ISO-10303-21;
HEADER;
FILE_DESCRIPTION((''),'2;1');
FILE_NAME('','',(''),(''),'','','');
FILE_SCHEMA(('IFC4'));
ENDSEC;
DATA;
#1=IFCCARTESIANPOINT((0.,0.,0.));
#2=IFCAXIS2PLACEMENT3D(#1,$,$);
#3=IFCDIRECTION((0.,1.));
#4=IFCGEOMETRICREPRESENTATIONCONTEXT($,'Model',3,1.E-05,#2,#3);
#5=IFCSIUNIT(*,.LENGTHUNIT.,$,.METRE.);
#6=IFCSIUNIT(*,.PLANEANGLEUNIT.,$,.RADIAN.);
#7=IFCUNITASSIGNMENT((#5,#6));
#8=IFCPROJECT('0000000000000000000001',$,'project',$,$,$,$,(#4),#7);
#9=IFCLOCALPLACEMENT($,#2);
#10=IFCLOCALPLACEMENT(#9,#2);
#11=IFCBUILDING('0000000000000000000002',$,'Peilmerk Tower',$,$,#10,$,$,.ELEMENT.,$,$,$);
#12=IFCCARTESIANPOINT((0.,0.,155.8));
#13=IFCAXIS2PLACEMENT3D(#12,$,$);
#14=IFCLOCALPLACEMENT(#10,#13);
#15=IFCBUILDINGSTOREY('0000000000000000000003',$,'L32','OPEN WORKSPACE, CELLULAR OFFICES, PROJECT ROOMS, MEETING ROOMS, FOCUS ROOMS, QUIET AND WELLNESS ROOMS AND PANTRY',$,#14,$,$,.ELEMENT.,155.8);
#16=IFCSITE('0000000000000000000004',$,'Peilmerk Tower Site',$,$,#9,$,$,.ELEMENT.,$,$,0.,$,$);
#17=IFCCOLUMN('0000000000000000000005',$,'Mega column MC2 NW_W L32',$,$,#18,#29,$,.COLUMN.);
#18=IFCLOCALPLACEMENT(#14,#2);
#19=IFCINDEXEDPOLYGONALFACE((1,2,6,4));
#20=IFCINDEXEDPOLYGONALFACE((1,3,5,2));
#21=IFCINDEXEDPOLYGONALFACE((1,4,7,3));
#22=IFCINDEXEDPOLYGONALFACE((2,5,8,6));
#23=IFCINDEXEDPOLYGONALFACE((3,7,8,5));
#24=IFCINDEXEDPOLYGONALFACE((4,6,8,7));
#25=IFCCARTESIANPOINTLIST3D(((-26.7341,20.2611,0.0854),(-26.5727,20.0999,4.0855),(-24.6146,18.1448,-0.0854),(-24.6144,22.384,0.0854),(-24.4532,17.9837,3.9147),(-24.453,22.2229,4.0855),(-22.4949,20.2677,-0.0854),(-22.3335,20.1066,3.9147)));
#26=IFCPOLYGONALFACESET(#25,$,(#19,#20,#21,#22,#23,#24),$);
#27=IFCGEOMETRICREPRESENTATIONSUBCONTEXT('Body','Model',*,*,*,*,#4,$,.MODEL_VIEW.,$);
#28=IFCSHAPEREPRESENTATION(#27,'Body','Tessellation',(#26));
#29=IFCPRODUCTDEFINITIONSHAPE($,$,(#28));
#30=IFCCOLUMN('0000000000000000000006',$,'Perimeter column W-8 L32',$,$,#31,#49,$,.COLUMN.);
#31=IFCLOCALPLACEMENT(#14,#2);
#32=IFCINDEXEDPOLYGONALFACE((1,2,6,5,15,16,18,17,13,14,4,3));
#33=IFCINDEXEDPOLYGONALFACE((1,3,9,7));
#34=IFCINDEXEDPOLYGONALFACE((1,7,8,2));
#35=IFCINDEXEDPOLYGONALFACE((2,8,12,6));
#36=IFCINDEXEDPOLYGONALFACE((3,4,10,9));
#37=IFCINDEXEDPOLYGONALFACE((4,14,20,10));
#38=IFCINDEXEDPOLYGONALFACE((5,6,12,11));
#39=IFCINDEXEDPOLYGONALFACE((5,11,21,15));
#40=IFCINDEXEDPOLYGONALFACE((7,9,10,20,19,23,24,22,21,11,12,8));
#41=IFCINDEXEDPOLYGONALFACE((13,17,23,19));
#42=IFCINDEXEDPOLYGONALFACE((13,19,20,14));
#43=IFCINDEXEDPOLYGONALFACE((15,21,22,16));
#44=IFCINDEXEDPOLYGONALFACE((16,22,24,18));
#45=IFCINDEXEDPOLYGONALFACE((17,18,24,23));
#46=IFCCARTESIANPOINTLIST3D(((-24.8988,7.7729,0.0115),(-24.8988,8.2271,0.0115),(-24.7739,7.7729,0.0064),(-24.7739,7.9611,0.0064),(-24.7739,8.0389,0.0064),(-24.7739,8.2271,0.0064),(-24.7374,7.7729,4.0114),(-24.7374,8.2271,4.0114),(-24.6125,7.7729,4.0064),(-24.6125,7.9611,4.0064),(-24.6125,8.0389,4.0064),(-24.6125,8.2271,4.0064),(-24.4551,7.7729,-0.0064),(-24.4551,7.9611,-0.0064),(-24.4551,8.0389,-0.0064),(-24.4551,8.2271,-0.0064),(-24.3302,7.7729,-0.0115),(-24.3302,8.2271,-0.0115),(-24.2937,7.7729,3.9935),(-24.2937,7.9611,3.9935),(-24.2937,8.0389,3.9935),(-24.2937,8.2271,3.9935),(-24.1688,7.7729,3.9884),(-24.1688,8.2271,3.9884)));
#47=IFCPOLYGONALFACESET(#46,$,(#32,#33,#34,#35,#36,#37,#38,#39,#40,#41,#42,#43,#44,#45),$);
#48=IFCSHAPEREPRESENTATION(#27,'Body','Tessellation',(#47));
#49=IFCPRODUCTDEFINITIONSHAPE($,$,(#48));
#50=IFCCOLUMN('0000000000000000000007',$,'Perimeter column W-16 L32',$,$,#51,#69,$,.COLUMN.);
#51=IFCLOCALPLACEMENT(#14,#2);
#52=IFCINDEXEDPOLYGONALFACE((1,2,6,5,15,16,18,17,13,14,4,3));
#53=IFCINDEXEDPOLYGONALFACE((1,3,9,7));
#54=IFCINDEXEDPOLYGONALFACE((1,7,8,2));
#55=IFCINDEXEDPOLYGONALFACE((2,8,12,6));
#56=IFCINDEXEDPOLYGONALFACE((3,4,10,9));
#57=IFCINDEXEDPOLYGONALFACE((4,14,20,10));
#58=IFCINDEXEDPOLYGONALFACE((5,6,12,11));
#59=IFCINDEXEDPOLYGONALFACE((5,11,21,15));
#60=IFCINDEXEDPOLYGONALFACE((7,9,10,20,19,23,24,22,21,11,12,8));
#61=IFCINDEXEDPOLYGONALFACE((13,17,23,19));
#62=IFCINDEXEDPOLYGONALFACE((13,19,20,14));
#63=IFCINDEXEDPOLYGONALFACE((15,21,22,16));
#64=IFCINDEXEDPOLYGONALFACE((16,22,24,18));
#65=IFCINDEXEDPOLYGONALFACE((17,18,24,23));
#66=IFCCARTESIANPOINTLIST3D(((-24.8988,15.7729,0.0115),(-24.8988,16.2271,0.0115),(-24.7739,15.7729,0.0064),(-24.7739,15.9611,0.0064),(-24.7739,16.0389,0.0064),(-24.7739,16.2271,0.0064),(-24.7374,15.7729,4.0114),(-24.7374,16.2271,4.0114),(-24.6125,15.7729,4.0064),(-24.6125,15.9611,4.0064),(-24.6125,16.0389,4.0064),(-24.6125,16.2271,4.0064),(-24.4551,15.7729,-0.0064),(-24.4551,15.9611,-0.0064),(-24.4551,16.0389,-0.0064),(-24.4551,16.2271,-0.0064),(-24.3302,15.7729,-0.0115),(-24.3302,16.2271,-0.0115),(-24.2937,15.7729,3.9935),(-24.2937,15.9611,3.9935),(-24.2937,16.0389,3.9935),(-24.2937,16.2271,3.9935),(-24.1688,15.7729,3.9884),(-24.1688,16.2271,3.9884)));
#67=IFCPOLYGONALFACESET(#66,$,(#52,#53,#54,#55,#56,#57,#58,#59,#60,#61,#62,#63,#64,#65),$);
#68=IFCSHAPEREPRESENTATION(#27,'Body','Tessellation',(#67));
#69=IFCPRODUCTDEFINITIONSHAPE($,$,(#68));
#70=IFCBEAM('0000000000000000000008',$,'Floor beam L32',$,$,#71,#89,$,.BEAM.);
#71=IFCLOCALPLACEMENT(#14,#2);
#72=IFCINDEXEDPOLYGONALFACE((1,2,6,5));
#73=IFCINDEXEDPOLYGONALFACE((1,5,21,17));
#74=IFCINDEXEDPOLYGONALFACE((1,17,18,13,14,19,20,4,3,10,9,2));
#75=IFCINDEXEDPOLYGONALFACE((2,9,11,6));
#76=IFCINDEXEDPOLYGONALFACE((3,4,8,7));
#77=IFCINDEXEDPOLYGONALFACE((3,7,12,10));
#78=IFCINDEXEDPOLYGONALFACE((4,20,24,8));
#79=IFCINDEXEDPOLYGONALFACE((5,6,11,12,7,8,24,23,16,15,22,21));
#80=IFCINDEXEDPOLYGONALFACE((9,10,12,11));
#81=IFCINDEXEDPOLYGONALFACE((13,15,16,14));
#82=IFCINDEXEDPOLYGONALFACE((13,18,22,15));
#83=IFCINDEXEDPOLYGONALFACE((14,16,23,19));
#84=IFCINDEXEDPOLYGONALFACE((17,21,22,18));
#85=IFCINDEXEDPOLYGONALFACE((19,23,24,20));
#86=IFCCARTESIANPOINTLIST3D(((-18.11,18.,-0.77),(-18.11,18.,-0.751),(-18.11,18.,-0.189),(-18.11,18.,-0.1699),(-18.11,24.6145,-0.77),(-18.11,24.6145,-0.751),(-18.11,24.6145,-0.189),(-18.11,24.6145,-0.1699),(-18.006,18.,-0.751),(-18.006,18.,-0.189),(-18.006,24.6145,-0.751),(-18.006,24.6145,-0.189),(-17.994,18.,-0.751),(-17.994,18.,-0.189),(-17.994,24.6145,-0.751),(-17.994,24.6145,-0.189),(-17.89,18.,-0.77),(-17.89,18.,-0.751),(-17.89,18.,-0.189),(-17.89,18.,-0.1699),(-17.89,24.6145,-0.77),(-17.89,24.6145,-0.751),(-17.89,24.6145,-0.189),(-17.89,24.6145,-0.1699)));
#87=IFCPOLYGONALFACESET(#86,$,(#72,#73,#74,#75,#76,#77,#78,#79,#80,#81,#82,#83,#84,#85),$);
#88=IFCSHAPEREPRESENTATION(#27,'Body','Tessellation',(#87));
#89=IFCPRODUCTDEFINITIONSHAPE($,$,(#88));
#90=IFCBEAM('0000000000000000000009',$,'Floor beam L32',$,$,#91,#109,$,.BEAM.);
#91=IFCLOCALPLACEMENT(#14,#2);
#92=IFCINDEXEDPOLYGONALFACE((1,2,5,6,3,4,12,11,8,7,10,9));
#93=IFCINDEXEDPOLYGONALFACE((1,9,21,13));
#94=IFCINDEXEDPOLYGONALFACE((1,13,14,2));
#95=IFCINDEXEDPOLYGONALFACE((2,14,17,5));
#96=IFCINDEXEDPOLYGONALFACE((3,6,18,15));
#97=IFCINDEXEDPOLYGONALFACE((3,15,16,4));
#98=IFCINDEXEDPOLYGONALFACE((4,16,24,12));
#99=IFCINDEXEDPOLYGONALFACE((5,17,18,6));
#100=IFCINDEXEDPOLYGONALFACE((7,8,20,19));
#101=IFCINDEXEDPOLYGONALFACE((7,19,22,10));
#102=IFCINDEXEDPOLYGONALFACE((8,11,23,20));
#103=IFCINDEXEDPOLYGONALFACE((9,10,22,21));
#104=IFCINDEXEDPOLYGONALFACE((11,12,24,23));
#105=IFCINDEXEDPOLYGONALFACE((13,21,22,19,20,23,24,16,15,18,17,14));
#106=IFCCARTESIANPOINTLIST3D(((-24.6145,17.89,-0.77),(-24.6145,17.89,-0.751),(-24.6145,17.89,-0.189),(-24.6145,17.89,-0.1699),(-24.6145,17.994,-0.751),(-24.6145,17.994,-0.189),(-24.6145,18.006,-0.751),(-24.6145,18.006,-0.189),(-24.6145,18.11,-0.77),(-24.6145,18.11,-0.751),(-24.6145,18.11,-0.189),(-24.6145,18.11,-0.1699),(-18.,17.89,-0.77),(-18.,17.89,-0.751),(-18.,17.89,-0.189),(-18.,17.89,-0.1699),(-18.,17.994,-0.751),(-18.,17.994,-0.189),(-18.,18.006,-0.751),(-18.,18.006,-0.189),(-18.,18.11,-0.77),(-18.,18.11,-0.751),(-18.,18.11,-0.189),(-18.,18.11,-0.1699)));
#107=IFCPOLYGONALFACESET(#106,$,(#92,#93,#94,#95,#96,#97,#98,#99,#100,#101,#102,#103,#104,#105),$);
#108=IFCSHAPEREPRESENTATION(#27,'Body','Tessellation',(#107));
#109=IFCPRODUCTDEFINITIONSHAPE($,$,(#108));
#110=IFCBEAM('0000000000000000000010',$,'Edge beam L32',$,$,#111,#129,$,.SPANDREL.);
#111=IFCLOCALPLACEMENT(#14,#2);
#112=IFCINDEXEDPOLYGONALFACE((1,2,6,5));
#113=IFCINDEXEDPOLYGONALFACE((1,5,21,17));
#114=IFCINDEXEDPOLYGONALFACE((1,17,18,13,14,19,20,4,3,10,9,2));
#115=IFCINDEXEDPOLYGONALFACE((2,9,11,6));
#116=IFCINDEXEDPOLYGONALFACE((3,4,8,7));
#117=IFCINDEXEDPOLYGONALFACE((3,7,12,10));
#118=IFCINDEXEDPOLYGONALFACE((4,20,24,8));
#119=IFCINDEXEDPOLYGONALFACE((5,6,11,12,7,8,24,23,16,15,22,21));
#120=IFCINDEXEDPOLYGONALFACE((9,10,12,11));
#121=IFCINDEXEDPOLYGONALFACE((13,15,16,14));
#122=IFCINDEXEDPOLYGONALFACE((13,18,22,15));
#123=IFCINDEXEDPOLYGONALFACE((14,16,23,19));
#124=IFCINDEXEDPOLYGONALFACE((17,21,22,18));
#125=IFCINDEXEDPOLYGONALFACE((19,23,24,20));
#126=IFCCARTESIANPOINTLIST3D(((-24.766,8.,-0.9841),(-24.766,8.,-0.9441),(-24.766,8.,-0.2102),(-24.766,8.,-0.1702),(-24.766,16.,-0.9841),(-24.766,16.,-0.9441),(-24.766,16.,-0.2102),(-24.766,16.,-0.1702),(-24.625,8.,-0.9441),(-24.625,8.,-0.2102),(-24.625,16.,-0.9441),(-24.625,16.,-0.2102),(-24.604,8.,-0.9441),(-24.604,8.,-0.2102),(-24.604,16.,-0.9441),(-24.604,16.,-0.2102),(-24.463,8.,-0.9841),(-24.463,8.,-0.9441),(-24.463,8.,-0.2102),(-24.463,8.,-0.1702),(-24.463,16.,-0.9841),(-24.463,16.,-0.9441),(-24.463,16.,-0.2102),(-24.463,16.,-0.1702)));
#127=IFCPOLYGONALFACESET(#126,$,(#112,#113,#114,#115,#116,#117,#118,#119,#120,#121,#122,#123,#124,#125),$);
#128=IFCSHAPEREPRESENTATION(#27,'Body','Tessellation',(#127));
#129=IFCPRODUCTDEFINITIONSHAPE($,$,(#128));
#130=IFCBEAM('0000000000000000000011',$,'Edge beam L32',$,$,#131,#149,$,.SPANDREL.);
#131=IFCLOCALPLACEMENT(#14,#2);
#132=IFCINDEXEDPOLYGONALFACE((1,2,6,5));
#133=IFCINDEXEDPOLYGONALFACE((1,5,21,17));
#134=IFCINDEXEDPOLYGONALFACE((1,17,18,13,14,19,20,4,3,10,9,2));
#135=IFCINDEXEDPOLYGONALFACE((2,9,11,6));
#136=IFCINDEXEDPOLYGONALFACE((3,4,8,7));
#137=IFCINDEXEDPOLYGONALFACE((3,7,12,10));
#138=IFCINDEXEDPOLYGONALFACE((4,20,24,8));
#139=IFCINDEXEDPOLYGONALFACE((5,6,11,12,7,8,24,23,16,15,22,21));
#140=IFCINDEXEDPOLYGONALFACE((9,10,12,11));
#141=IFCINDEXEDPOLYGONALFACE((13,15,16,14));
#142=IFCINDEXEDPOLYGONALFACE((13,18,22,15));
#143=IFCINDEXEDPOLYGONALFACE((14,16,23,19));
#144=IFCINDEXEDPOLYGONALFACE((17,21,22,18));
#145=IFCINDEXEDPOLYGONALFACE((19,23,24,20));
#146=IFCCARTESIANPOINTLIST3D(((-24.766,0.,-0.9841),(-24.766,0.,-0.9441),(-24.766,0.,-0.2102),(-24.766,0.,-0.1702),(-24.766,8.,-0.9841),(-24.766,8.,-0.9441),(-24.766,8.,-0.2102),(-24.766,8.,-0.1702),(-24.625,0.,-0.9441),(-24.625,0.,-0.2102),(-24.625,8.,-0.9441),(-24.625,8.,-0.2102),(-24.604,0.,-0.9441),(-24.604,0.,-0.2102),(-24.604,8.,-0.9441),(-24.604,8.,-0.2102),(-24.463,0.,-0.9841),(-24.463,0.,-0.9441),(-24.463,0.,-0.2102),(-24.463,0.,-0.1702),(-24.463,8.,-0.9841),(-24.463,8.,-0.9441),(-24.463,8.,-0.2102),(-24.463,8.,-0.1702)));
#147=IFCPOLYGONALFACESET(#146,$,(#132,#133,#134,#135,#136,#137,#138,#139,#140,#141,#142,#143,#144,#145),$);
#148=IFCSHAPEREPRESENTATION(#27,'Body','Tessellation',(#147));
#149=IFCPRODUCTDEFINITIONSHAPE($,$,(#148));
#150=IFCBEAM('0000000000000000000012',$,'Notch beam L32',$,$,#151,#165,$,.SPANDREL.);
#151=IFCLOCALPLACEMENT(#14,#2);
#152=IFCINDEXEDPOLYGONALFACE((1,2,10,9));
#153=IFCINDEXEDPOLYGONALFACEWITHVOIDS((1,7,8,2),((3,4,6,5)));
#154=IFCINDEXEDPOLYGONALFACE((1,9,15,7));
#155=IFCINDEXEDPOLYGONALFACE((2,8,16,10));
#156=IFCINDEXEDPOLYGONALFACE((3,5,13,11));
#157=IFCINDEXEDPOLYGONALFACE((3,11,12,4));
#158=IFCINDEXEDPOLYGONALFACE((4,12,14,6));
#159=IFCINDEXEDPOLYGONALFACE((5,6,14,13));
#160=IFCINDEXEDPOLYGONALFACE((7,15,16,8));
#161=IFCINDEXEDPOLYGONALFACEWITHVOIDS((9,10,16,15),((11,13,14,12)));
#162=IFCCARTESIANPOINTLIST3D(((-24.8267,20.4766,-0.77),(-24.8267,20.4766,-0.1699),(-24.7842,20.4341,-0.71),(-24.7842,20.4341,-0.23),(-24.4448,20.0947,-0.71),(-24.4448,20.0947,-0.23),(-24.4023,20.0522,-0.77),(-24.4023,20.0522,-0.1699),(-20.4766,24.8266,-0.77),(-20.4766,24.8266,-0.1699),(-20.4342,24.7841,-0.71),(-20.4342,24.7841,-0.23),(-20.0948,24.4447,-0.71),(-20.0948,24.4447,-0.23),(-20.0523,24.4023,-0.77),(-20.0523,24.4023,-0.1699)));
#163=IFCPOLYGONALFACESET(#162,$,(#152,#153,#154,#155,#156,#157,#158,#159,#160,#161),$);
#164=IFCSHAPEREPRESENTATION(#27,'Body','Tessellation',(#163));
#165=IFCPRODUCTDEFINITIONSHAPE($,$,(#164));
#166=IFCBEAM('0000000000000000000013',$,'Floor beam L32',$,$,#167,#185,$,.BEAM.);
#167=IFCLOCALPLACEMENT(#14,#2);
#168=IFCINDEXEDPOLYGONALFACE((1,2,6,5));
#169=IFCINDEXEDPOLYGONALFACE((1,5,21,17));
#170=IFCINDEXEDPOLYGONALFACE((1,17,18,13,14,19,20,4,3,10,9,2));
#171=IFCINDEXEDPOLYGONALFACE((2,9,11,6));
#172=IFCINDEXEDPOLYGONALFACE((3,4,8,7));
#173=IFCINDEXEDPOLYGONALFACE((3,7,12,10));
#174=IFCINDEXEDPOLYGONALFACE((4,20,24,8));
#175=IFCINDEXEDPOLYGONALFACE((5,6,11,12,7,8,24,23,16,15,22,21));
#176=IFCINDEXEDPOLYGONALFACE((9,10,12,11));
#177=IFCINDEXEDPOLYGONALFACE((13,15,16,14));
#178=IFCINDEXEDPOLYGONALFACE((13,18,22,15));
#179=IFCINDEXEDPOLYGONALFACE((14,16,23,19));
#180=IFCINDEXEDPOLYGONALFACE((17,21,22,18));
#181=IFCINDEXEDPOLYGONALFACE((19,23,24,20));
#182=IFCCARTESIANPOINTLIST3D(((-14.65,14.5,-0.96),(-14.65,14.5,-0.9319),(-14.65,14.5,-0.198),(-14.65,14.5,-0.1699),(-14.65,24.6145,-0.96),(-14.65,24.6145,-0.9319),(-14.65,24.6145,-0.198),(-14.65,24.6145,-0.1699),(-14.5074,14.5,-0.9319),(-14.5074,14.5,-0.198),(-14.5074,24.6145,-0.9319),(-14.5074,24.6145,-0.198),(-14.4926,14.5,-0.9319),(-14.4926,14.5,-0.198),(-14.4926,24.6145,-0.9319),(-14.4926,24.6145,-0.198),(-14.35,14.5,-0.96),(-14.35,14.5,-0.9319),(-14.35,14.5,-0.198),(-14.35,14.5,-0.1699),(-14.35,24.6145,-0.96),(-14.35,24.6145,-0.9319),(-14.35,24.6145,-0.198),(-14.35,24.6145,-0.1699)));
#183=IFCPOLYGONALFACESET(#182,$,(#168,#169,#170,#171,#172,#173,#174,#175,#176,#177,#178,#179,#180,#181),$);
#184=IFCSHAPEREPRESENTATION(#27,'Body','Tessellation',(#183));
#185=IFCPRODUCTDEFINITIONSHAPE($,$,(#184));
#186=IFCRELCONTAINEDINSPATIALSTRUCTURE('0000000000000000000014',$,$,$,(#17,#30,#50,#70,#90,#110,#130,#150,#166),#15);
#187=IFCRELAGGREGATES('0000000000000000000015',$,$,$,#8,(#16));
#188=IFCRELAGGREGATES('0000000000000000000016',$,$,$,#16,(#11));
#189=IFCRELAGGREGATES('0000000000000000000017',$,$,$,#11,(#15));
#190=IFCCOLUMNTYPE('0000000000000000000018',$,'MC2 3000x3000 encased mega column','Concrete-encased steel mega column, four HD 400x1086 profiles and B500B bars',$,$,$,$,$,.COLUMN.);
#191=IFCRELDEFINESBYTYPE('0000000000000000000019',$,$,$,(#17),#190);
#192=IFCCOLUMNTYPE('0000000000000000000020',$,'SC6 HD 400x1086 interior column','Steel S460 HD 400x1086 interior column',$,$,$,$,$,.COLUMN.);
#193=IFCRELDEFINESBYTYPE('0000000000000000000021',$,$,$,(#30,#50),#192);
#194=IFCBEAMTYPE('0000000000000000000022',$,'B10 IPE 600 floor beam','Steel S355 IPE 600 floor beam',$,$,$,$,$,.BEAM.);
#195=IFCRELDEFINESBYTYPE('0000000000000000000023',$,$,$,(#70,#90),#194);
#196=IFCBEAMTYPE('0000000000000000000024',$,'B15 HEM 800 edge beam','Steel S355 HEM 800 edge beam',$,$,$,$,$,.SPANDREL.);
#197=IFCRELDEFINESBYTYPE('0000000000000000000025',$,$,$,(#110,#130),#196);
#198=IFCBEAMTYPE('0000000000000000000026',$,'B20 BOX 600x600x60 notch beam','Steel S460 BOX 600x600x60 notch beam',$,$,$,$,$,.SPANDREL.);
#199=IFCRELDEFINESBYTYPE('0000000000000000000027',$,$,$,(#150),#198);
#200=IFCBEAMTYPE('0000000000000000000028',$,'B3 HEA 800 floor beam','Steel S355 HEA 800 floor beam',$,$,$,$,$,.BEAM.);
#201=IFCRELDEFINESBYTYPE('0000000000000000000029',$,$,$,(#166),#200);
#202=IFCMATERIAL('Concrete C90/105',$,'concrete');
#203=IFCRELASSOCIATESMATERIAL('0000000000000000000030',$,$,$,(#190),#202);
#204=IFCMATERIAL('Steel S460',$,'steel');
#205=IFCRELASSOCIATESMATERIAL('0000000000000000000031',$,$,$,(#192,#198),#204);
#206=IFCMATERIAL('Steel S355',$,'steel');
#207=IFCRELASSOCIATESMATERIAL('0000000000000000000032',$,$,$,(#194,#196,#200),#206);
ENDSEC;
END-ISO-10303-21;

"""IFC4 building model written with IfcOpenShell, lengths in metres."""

from ifc_helpers import new_model, si_unit, direction, frame, origin, origin_2d, place, context, subcontext, project, spatial, rectangle, hollow_rectangle, i_section, extrude, material, material_profile, profile_set, type_object, element, save


model = new_model("IFC4")

# Units and contexts
model_context = context("Model", 3, precision=1e-05, world=origin(), true_north=direction((0.0, 1.0)))
body_context = subcontext(model_context, "Body", "Model", "MODEL_VIEW")
ifc_project = project(units=[si_unit("LENGTHUNIT", "METRE"), si_unit("PLANEANGLEUNIT", "RADIAN")], contexts=[model_context])

# Site, building, storey
site_placement = place(None, origin())
site = spatial("IfcSite", under=ifc_project, at=site_placement, Name="Peilmerk Tower Site", CompositionType="ELEMENT", RefElevation=0.0)
building_placement = place(site_placement, origin())
building = spatial("IfcBuilding", under=site, at=building_placement, Name="Peilmerk Tower", CompositionType="ELEMENT")
storey_placement = place(building_placement, frame((0.0, 0.0, 155.8)))
storey = spatial("IfcBuildingStorey", under=building, at=storey_placement, Name="L32", Description="OPEN WORKSPACE, CELLULAR OFFICES, PROJECT ROOMS, MEETING ROOMS, FOCUS ROOMS, QUIET AND WELLNESS ROOMS AND PANTRY", CompositionType="ELEMENT", Elevation=155.8)

# Columns
ifc_material_1 = material(Name="Concrete C90/105", Category="concrete")
ifc_material_profile_1 = material_profile(ifc_material_1, rectangle(XDim=3.0, YDim=3.0, at=origin_2d()), Name="RC 3000x3000")
ifc_profile_set_1 = profile_set([ifc_material_profile_1], Name="Concrete C90/105")
column_type_1 = type_object("IfcColumnType", Name="MC2 3000x3000 encased mega column", Description="Concrete-encased steel mega column, four HD 400x1086 profiles and B500B bars", PredefinedType="COLUMN", material=ifc_profile_set_1)
column_placement = place(storey_placement, frame((-24.6145, 20.2644, 0.0), z_axis=(0.040279, -0.040218, 0.998379), x_axis=(0.706571, 0.707642, 0.0)))
element("IfcColumn", 1, at=column_placement, inside=storey, type_object=column_type_1, Name="Mega column MC2 NW_W L32", PredefinedType="COLUMN", context=body_context, shape_type="SweptSolid", body=[
    extrude(rectangle(XDim=3.0, YDim=3.0, at=origin_2d()), origin(), (0.0, 0.0, 1.0), 4.0066),
])
ifc_material_2 = material(Name="Steel S460", Category="steel")
ifc_material_profile_2 = material_profile(ifc_material_2, i_section(OverallWidth=0.4541, OverallDepth=0.5691, WebThickness=0.0779, FlangeThickness=0.125, at=origin_2d()), Name="HD 400x1086")
ifc_profile_set_2 = profile_set([ifc_material_profile_2], Name="Steel S460")
column_type_2 = type_object("IfcColumnType", Name="SC6 HD 400x1086 interior column", Description="Steel S460 HD 400x1086 interior column", PredefinedType="COLUMN", material=ifc_profile_set_2)
for number, where, z_axis, x_axis, name in (
    (2, (-24.6145, 8.0, 0.0), (0.040311, 0.0, 0.999187), (0.0, 1.0, 0.0), "Perimeter column W-8 L32"),
    (3, (-24.6145, 16.0, 0.0), (0.040311, 0.0, 0.999187), (0.0, 1.0, 0.0), "Perimeter column W-16 L32"),
):
    element("IfcColumn", number, at=place(storey_placement, frame(where, z_axis=z_axis, x_axis=x_axis)), inside=storey, type_object=column_type_2, Name=name, PredefinedType="COLUMN", context=body_context, shape_type="SweptSolid", body=[
        extrude(i_section(OverallWidth=0.4541, OverallDepth=0.5691, WebThickness=0.0779, FlangeThickness=0.125, at=origin_2d()), origin(), (0.0, 0.0, 1.0), 4.0032),
    ])

# Beams
ifc_material_3 = material(Name="Steel S355", Category="steel")
ifc_material_profile_3 = material_profile(ifc_material_3, i_section(OverallWidth=0.22, OverallDepth=0.6001, WebThickness=0.012, FlangeThickness=0.019, at=origin_2d()), Name="IPE 600")
ifc_profile_set_3 = profile_set([ifc_material_profile_3], Name="Steel S355")
beam_type_1 = type_object("IfcBeamType", Name="B10 IPE 600 floor beam", Description="Steel S355 IPE 600 floor beam", PredefinedType="BEAM", material=ifc_profile_set_3)
for number, where, z_axis, x_axis, name in (
    (4, (-18.0, 18.0, -0.47), (0.0, 1.0, 0.0), (-1.0, 0.0, 0.0), "Floor beam L32"),
    (5, (-18.0, 18.0, -0.47), (-1.0, 0.0, 0.0), (0.0, -1.0, 0.0), "Floor beam L32"),
):
    element("IfcBeam", number, at=place(storey_placement, frame(where, z_axis=z_axis, x_axis=x_axis)), inside=storey, type_object=beam_type_1, Name=name, PredefinedType="BEAM", context=body_context, shape_type="SweptSolid", body=[
        extrude(i_section(OverallWidth=0.22, OverallDepth=0.6001, WebThickness=0.012, FlangeThickness=0.019, at=origin_2d()), origin(), (0.0, 0.0, 1.0), 6.6145),
    ])
ifc_material_profile_4 = material_profile(ifc_material_3, i_section(OverallWidth=0.303, OverallDepth=0.814, WebThickness=0.021, FlangeThickness=0.04, at=origin_2d()), Name="HEM 800")
ifc_profile_set_4 = profile_set([ifc_material_profile_4], Name="Steel S355")
beam_type_2 = type_object("IfcBeamType", Name="B15 HEM 800 edge beam", Description="Steel S355 HEM 800 edge beam", PredefinedType="SPANDREL", material=ifc_profile_set_4)
for number, where, z_axis, x_axis, name in (
    (6, (-24.6145, 16.0, -0.5771), (0.0, -1.0, 0.0), (1.0, 0.0, 0.0), "Edge beam L32"),
    (7, (-24.6145, 8.0, -0.5771), (0.0, -1.0, 0.0), (1.0, 0.0, 0.0), "Edge beam L32"),
):
    element("IfcBeam", number, at=place(storey_placement, frame(where, z_axis=z_axis, x_axis=x_axis)), inside=storey, type_object=beam_type_2, Name=name, PredefinedType="SPANDREL", context=body_context, shape_type="SweptSolid", body=[
        extrude(i_section(OverallWidth=0.303, OverallDepth=0.814, WebThickness=0.021, FlangeThickness=0.04, at=origin_2d()), origin(), (0.0, 0.0, 1.0), 8.0),
    ])
ifc_material_profile_5 = material_profile(ifc_material_2, hollow_rectangle(XDim=0.6001, YDim=0.6001, WallThickness=0.0601, at=origin_2d()), Name="BOX 600x600x60")
ifc_profile_set_5 = profile_set([ifc_material_profile_5], Name="Steel S460")
beam_type_3 = type_object("IfcBeamType", Name="B20 BOX 600x600x60 notch beam", Description="Steel S460 BOX 600x600x60 notch beam", PredefinedType="SPANDREL", material=ifc_profile_set_5)
beam_1_placement = place(storey_placement, frame((-24.6145, 20.2644, -0.47), z_axis=(0.707107, 0.707107, 0.0), x_axis=(-0.707107, 0.707107, 0.0)))
element("IfcBeam", 8, at=beam_1_placement, inside=storey, type_object=beam_type_3, Name="Notch beam L32", PredefinedType="SPANDREL", context=body_context, shape_type="SweptSolid", body=[
    extrude(hollow_rectangle(XDim=0.6001, YDim=0.6001, WallThickness=0.0601, at=origin_2d()), origin(), (0.0, 0.0, 1.0), 6.1519),
])
ifc_material_profile_6 = material_profile(ifc_material_3, i_section(OverallWidth=0.3, OverallDepth=0.79, WebThickness=0.0149, FlangeThickness=0.0281, at=origin_2d()), Name="HEA 800")
ifc_profile_set_6 = profile_set([ifc_material_profile_6], Name="Steel S355")
beam_type_4 = type_object("IfcBeamType", Name="B3 HEA 800 floor beam", Description="Steel S355 HEA 800 floor beam", PredefinedType="BEAM", material=ifc_profile_set_6)
for number, where, z_axis, x_axis, name in (
    (9, (-14.5, 14.5, -0.5649), (0.0, 1.0, 0.0), (-1.0, 0.0, 0.0), "Floor beam L32"),
):
    element("IfcBeam", number, at=place(storey_placement, frame(where, z_axis=z_axis, x_axis=x_axis)), inside=storey, type_object=beam_type_4, Name=name, PredefinedType="BEAM", context=body_context, shape_type="SweptSolid", body=[
        extrude(i_section(OverallWidth=0.3, OverallDepth=0.79, WebThickness=0.0149, FlangeThickness=0.0281, at=origin_2d()), origin(), (0.0, 0.0, 1.0), 10.1145),
    ])

save(model, "model.ifc")
